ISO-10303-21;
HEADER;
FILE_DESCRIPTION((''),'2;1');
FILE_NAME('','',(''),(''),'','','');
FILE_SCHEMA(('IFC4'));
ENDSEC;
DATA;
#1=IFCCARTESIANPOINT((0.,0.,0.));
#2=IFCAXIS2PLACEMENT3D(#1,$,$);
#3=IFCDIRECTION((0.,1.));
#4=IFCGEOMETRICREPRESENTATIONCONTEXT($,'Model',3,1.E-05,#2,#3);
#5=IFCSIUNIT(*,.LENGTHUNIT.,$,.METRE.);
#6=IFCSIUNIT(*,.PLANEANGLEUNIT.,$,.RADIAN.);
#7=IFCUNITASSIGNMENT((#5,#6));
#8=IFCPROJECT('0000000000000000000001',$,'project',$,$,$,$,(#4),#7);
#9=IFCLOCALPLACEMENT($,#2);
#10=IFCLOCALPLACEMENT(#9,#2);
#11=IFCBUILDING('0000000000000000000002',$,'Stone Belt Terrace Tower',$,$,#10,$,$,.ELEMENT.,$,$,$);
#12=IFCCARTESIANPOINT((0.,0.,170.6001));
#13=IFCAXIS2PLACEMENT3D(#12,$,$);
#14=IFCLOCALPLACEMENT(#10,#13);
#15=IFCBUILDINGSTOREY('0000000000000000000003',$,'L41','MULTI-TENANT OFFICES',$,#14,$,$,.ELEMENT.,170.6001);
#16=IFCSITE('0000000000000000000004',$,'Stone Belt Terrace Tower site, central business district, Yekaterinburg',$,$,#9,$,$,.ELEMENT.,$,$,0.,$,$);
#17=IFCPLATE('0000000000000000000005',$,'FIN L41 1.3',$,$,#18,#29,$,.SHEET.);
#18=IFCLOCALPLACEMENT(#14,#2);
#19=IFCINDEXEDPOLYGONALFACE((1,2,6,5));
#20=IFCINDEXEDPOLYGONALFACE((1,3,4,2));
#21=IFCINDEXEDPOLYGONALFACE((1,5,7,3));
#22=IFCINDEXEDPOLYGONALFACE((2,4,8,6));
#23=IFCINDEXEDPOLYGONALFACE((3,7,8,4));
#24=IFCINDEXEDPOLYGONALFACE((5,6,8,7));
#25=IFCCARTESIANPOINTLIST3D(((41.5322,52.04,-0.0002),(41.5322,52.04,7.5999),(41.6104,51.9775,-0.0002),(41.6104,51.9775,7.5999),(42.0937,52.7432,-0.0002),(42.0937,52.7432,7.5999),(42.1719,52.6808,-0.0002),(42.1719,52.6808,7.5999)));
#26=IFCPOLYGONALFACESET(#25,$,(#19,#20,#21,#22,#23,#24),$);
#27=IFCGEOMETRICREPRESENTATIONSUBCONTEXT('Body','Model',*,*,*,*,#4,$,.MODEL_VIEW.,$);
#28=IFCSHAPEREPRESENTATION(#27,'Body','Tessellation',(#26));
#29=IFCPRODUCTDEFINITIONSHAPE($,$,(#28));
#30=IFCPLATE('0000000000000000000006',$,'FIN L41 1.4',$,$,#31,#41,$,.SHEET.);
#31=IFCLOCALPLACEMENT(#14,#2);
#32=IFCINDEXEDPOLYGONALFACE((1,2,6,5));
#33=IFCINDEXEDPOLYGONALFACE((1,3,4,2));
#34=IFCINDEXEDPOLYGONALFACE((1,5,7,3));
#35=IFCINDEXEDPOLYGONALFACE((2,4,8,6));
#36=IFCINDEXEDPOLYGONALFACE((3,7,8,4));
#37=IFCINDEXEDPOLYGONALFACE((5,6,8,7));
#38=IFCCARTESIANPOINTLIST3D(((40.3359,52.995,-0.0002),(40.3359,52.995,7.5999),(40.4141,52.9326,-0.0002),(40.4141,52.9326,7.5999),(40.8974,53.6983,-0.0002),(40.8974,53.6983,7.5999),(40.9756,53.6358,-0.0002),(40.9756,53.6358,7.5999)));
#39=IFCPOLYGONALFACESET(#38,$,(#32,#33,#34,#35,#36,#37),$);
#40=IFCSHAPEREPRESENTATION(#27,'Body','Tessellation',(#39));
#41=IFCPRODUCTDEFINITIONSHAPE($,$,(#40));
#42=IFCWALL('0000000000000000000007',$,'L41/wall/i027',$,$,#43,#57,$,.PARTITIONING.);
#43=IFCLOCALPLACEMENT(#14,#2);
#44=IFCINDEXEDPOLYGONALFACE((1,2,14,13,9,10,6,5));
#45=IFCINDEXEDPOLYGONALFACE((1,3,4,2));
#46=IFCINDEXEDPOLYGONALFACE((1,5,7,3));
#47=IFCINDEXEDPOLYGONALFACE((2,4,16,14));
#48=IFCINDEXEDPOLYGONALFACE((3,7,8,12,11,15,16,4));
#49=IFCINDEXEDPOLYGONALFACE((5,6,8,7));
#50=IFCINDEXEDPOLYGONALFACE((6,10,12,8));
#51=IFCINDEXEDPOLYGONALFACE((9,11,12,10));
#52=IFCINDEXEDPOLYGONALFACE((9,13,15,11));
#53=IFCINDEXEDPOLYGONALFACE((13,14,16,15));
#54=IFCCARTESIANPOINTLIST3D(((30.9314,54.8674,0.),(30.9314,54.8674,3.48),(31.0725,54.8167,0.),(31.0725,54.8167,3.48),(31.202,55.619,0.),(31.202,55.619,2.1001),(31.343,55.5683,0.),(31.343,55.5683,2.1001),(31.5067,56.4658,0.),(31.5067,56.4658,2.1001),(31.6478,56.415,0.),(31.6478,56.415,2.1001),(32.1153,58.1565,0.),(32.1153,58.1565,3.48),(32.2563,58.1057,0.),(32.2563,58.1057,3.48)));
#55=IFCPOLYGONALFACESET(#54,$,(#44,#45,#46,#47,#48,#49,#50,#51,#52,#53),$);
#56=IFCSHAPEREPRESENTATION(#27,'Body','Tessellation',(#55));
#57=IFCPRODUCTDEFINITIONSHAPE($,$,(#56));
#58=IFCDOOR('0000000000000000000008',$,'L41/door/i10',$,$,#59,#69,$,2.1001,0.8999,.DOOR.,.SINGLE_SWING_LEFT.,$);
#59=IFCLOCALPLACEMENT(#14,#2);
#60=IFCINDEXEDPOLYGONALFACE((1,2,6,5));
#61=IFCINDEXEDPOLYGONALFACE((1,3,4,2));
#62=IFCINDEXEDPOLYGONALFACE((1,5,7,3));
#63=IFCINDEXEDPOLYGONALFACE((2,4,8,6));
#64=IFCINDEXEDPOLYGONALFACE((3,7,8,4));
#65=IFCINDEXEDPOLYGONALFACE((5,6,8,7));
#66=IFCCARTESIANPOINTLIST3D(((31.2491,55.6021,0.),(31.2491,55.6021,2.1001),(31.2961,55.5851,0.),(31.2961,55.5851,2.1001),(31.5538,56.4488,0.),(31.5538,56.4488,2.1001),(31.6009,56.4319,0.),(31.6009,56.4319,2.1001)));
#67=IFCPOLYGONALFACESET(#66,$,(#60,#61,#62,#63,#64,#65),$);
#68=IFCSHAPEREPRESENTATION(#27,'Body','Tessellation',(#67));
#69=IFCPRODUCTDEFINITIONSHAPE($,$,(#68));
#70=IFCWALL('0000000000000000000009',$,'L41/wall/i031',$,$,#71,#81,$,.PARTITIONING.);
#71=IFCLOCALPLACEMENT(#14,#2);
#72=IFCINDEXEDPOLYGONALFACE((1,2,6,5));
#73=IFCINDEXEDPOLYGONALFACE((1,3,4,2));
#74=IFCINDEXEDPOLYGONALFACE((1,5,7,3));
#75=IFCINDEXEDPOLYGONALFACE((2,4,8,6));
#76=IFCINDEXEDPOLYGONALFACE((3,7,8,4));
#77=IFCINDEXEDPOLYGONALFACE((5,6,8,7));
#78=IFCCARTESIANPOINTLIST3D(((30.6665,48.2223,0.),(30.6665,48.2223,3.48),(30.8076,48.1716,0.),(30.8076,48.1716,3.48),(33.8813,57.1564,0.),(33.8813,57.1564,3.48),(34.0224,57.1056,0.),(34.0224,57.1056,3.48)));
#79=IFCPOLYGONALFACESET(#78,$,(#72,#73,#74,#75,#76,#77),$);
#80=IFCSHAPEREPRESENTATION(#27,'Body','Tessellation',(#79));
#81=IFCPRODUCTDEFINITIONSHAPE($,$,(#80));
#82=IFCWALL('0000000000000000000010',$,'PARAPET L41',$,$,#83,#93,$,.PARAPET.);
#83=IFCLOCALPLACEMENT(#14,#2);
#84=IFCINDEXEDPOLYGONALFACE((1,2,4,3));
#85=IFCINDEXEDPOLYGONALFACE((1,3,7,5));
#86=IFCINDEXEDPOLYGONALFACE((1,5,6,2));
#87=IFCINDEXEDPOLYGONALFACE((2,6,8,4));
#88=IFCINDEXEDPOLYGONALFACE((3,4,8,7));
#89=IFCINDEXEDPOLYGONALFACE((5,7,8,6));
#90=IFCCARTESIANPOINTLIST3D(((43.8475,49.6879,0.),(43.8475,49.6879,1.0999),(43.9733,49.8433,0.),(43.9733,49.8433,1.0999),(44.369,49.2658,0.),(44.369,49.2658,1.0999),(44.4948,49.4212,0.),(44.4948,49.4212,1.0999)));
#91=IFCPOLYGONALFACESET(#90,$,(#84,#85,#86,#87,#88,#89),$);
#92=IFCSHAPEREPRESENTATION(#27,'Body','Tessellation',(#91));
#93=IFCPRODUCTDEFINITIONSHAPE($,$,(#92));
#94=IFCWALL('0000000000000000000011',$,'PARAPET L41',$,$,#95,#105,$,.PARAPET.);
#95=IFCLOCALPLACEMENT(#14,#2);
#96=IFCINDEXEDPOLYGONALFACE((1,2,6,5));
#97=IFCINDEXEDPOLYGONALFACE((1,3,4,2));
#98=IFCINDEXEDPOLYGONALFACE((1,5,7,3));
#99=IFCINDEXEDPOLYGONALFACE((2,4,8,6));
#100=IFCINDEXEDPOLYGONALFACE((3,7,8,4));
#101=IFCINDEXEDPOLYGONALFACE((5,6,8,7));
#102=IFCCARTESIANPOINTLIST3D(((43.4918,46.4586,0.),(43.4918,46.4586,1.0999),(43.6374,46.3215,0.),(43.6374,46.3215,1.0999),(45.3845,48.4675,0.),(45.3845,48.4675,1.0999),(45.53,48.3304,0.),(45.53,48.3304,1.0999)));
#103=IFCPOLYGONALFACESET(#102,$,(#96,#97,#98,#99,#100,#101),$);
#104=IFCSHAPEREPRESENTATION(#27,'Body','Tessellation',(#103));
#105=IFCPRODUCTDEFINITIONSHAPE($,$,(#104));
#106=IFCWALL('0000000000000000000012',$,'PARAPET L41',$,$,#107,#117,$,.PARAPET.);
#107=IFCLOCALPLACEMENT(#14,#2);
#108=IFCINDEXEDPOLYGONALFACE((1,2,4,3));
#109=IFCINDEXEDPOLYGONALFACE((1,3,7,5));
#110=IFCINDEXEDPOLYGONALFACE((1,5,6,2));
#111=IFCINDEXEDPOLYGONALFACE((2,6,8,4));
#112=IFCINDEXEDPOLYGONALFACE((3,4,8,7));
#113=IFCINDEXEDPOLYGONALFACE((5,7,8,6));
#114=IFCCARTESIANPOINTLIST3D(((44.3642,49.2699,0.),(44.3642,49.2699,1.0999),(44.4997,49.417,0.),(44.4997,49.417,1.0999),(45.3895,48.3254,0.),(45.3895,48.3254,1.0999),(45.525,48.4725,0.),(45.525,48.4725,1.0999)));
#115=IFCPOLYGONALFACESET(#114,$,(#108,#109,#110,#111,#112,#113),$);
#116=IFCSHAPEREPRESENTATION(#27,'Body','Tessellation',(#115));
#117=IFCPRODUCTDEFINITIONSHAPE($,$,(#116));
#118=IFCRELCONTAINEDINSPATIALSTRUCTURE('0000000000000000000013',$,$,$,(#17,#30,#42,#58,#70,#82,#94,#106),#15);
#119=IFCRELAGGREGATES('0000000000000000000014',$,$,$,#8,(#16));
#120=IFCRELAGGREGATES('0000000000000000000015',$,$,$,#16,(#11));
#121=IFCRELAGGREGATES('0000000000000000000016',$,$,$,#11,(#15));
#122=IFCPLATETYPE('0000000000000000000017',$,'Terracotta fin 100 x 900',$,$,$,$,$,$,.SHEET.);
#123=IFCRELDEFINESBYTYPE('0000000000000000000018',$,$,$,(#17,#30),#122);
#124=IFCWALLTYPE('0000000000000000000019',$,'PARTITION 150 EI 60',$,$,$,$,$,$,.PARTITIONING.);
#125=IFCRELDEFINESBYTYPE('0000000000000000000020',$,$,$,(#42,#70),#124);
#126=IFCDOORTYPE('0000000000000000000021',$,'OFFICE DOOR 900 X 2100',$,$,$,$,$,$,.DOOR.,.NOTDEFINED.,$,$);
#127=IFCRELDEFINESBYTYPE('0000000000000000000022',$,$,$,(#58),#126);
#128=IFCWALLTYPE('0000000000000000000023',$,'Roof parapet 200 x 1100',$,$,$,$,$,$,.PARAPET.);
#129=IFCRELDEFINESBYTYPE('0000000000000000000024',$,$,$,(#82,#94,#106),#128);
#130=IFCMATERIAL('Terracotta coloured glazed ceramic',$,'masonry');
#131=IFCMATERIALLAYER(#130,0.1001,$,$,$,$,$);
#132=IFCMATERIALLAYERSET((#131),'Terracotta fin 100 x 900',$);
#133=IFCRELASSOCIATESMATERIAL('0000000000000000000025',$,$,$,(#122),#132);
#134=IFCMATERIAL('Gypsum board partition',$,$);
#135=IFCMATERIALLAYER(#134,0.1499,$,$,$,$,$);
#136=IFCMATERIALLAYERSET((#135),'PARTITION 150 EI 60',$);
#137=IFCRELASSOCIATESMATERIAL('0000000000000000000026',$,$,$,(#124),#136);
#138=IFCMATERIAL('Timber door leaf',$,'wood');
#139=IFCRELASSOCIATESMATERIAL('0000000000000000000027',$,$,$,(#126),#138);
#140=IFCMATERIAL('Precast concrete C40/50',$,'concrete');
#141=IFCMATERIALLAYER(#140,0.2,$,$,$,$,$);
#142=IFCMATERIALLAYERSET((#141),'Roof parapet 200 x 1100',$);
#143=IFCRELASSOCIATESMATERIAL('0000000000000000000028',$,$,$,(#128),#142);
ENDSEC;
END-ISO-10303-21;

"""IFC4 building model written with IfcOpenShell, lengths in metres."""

from ifc_helpers import new_model, si_unit, direction, frame, frame_2d, origin, origin_2d, place, context, subcontext, project, spatial, rectangle, extrude, material, layer, layer_set, type_object, element, fill, save


model = new_model("IFC4")

# Units and contexts
model_context = context("Model", 3, precision=1e-05, world=origin(), true_north=direction((0.0, 1.0)))
body_context = subcontext(model_context, "Body", "Model", "MODEL_VIEW")
ifc_project = project(units=[si_unit("LENGTHUNIT", "METRE"), si_unit("PLANEANGLEUNIT", "RADIAN")], contexts=[model_context])

# Site, building, storey
site_placement = place(None, origin())
site = spatial("IfcSite", under=ifc_project, at=site_placement, Name="Stone Belt Terrace Tower site, central business district, Yekaterinburg", CompositionType="ELEMENT", RefElevation=0.0)
building_placement = place(site_placement, origin())
building = spatial("IfcBuilding", under=site, at=building_placement, Name="Stone Belt Terrace Tower", CompositionType="ELEMENT")
storey_placement = place(building_placement, frame((0.0, 0.0, 170.6001)))
storey = spatial("IfcBuildingStorey", under=building, at=storey_placement, Name="L41", Description="MULTI-TENANT OFFICES", CompositionType="ELEMENT", Elevation=170.6001)

# Plates
ifc_material_1 = material(Name="Terracotta coloured glazed ceramic", Category="masonry")
ifc_layer_1 = layer(ifc_material_1, 0.1001)
ifc_layer_set_1 = layer_set([ifc_layer_1], Name="Terracotta fin 100 x 900")
plate_type_1 = type_object("IfcPlateType", Name="Terracotta fin 100 x 900", PredefinedType="SHEET", material=ifc_layer_set_1)
for number, where, z_axis, x_axis, name in (
    (1, (41.8521, 52.3604, -0.0002), (0.0, 0.0, 1.0), (0.623931, 0.781479, 0.0), "FIN L41 1.3"),
    (2, (40.6558, 53.3154, -0.0002), (0.0, 0.0, 1.0), (0.623931, 0.781479, 0.0), "FIN L41 1.4"),
):
    element("IfcPlate", number, at=place(storey_placement, frame(where, z_axis=z_axis, x_axis=x_axis)), inside=storey, type_object=plate_type_1, Name=name, PredefinedType="SHEET", context=body_context, shape_type="SweptSolid", body=[
        extrude(rectangle(XDim=0.8999, YDim=0.1001, at=origin_2d()), origin(), (0.0, 0.0, 1.0), 7.6001),
    ])

# Wall, opening, door
ifc_material_2 = material(Name="Gypsum board partition")
ifc_layer_2 = layer(ifc_material_2, 0.1499)
ifc_layer_set_2 = layer_set([ifc_layer_2], Name="PARTITION 150 EI 60")
wall_type_1 = type_object("IfcWallType", Name="PARTITION 150 EI 60", PredefinedType="PARTITIONING", material=ifc_layer_set_2)
wall_1_placement = place(storey_placement, frame((31.002, 54.842, 0.0), z_axis=(0.0, 0.0, 1.0), x_axis=(0.338663, 0.940908, 0.0)))
wall_1 = element("IfcWall", 3, at=wall_1_placement, inside=storey, type_object=wall_type_1, Name="L41/wall/i027", PredefinedType="PARTITIONING", context=body_context, shape_type="SweptSolid", body=[
    extrude(rectangle(XDim=3.4956, YDim=0.1499, at=frame_2d((1.7478, 0.0))), origin(), (0.0, 0.0, 1.0), 3.48),
])
opening_placement = place(wall_1_placement, frame((0.7988, 0.0, 0.0)))
opening = element("IfcOpeningElement", 4, at=opening_placement, cuts=wall_1, PredefinedType="OPENING", context=body_context, shape_type="SweptSolid", body=[
    extrude(rectangle(XDim=0.8999, YDim=2.1001, at=frame_2d((0.45, 1.05))), frame((0.0, 0.085, 0.0), z_axis=(0.0, -1.0, 0.0), x_axis=(1.0, 0.0, 0.0)), (0.0, 0.0, 1.0), 0.1699),
])
ifc_material_3 = material(Name="Timber door leaf", Category="wood")
door_type = type_object("IfcDoorType", Name="OFFICE DOOR 900 X 2100", OperationType="NOTDEFINED", PredefinedType="DOOR", material=ifc_material_3)
door_placement = place(opening_placement, origin())
door = element("IfcDoor", 5, at=door_placement, inside=storey, type_object=door_type, Name="L41/door/i10", OperationType="SINGLE_SWING_LEFT", OverallHeight=2.1001, OverallWidth=0.8999, PredefinedType="DOOR", context=body_context, shape_type="SweptSolid", body=[
    extrude(rectangle(XDim=0.8999, YDim=2.1001, at=frame_2d((0.45, 1.05))), frame((0.0, 0.0249, 0.0), z_axis=(0.0, -1.0, 0.0), x_axis=(1.0, 0.0, 0.0)), (0.0, 0.0, 1.0), 0.05),
])
fill(opening, door)

# Walls
wall_2_placement = place(storey_placement, frame((33.9519, 57.1311, 0.0), z_axis=(0.0, 0.0, 1.0), x_axis=(-0.338587, -0.940935, 0.0)))
element("IfcWall", 6, at=wall_2_placement, inside=storey, type_object=wall_type_1, Name="L41/wall/i031", PredefinedType="PARTITIONING", context=body_context, shape_type="SweptSolid", body=[
    extrude(rectangle(XDim=9.4949, YDim=0.1499, at=frame_2d((4.7476, 0.0))), origin(), (0.0, 0.0, 1.0), 3.48),
])
ifc_material_4 = material(Name="Precast concrete C40/50", Category="concrete")
ifc_layer_3 = layer(ifc_material_4, 0.2)
ifc_layer_set_3 = layer_set([ifc_layer_3], Name="Roof parapet 200 x 1100")
wall_type_2 = type_object("IfcWallType", Name="Roof parapet 200 x 1100", PredefinedType="PARAPET", material=ifc_layer_set_3)
wall_3_placement = place(storey_placement, frame((44.4319, 49.3435, 0.0), z_axis=(0.0, 0.0, 1.0), x_axis=(-0.77727, 0.629167, 0.0)))
element("IfcWall", 7, at=wall_3_placement, inside=storey, type_object=wall_type_2, Name="PARAPET L41", PredefinedType="PARAPET", context=body_context, shape_type="SweptSolid", body=[
    extrude(rectangle(XDim=0.6709, YDim=0.2, at=frame_2d((0.3354, 0.0))), origin(), (0.0, 0.0, 1.0), 1.0999),
])
wall_4_placement = place(storey_placement, frame((43.5647, 46.3901, 0.0), z_axis=(0.0, 0.0, 1.0), x_axis=(0.68574, 0.727847, 0.0)))
element("IfcWall", 8, at=wall_4_placement, inside=storey, type_object=wall_type_2, Name="PARAPET L41", PredefinedType="PARAPET", context=body_context, shape_type="SweptSolid", body=[
    extrude(rectangle(XDim=2.76, YDim=0.2, at=frame_2d((1.3799, 0.0))), origin(), (0.0, 0.0, 1.0), 1.0999),
])
wall_5_placement = place(storey_placement, frame((45.4573, 48.3989, 0.0), z_axis=(0.0, 0.0, 1.0), x_axis=(-0.735495, 0.677531, 0.0)))
element("IfcWall", 9, at=wall_5_placement, inside=storey, type_object=wall_type_2, Name="PARAPET L41", PredefinedType="PARAPET", context=body_context, shape_type="SweptSolid", body=[
    extrude(rectangle(XDim=1.394, YDim=0.2, at=frame_2d((0.697, 0.0))), origin(), (0.0, 0.0, 1.0), 1.0999),
])

save(model, "model.ifc")
